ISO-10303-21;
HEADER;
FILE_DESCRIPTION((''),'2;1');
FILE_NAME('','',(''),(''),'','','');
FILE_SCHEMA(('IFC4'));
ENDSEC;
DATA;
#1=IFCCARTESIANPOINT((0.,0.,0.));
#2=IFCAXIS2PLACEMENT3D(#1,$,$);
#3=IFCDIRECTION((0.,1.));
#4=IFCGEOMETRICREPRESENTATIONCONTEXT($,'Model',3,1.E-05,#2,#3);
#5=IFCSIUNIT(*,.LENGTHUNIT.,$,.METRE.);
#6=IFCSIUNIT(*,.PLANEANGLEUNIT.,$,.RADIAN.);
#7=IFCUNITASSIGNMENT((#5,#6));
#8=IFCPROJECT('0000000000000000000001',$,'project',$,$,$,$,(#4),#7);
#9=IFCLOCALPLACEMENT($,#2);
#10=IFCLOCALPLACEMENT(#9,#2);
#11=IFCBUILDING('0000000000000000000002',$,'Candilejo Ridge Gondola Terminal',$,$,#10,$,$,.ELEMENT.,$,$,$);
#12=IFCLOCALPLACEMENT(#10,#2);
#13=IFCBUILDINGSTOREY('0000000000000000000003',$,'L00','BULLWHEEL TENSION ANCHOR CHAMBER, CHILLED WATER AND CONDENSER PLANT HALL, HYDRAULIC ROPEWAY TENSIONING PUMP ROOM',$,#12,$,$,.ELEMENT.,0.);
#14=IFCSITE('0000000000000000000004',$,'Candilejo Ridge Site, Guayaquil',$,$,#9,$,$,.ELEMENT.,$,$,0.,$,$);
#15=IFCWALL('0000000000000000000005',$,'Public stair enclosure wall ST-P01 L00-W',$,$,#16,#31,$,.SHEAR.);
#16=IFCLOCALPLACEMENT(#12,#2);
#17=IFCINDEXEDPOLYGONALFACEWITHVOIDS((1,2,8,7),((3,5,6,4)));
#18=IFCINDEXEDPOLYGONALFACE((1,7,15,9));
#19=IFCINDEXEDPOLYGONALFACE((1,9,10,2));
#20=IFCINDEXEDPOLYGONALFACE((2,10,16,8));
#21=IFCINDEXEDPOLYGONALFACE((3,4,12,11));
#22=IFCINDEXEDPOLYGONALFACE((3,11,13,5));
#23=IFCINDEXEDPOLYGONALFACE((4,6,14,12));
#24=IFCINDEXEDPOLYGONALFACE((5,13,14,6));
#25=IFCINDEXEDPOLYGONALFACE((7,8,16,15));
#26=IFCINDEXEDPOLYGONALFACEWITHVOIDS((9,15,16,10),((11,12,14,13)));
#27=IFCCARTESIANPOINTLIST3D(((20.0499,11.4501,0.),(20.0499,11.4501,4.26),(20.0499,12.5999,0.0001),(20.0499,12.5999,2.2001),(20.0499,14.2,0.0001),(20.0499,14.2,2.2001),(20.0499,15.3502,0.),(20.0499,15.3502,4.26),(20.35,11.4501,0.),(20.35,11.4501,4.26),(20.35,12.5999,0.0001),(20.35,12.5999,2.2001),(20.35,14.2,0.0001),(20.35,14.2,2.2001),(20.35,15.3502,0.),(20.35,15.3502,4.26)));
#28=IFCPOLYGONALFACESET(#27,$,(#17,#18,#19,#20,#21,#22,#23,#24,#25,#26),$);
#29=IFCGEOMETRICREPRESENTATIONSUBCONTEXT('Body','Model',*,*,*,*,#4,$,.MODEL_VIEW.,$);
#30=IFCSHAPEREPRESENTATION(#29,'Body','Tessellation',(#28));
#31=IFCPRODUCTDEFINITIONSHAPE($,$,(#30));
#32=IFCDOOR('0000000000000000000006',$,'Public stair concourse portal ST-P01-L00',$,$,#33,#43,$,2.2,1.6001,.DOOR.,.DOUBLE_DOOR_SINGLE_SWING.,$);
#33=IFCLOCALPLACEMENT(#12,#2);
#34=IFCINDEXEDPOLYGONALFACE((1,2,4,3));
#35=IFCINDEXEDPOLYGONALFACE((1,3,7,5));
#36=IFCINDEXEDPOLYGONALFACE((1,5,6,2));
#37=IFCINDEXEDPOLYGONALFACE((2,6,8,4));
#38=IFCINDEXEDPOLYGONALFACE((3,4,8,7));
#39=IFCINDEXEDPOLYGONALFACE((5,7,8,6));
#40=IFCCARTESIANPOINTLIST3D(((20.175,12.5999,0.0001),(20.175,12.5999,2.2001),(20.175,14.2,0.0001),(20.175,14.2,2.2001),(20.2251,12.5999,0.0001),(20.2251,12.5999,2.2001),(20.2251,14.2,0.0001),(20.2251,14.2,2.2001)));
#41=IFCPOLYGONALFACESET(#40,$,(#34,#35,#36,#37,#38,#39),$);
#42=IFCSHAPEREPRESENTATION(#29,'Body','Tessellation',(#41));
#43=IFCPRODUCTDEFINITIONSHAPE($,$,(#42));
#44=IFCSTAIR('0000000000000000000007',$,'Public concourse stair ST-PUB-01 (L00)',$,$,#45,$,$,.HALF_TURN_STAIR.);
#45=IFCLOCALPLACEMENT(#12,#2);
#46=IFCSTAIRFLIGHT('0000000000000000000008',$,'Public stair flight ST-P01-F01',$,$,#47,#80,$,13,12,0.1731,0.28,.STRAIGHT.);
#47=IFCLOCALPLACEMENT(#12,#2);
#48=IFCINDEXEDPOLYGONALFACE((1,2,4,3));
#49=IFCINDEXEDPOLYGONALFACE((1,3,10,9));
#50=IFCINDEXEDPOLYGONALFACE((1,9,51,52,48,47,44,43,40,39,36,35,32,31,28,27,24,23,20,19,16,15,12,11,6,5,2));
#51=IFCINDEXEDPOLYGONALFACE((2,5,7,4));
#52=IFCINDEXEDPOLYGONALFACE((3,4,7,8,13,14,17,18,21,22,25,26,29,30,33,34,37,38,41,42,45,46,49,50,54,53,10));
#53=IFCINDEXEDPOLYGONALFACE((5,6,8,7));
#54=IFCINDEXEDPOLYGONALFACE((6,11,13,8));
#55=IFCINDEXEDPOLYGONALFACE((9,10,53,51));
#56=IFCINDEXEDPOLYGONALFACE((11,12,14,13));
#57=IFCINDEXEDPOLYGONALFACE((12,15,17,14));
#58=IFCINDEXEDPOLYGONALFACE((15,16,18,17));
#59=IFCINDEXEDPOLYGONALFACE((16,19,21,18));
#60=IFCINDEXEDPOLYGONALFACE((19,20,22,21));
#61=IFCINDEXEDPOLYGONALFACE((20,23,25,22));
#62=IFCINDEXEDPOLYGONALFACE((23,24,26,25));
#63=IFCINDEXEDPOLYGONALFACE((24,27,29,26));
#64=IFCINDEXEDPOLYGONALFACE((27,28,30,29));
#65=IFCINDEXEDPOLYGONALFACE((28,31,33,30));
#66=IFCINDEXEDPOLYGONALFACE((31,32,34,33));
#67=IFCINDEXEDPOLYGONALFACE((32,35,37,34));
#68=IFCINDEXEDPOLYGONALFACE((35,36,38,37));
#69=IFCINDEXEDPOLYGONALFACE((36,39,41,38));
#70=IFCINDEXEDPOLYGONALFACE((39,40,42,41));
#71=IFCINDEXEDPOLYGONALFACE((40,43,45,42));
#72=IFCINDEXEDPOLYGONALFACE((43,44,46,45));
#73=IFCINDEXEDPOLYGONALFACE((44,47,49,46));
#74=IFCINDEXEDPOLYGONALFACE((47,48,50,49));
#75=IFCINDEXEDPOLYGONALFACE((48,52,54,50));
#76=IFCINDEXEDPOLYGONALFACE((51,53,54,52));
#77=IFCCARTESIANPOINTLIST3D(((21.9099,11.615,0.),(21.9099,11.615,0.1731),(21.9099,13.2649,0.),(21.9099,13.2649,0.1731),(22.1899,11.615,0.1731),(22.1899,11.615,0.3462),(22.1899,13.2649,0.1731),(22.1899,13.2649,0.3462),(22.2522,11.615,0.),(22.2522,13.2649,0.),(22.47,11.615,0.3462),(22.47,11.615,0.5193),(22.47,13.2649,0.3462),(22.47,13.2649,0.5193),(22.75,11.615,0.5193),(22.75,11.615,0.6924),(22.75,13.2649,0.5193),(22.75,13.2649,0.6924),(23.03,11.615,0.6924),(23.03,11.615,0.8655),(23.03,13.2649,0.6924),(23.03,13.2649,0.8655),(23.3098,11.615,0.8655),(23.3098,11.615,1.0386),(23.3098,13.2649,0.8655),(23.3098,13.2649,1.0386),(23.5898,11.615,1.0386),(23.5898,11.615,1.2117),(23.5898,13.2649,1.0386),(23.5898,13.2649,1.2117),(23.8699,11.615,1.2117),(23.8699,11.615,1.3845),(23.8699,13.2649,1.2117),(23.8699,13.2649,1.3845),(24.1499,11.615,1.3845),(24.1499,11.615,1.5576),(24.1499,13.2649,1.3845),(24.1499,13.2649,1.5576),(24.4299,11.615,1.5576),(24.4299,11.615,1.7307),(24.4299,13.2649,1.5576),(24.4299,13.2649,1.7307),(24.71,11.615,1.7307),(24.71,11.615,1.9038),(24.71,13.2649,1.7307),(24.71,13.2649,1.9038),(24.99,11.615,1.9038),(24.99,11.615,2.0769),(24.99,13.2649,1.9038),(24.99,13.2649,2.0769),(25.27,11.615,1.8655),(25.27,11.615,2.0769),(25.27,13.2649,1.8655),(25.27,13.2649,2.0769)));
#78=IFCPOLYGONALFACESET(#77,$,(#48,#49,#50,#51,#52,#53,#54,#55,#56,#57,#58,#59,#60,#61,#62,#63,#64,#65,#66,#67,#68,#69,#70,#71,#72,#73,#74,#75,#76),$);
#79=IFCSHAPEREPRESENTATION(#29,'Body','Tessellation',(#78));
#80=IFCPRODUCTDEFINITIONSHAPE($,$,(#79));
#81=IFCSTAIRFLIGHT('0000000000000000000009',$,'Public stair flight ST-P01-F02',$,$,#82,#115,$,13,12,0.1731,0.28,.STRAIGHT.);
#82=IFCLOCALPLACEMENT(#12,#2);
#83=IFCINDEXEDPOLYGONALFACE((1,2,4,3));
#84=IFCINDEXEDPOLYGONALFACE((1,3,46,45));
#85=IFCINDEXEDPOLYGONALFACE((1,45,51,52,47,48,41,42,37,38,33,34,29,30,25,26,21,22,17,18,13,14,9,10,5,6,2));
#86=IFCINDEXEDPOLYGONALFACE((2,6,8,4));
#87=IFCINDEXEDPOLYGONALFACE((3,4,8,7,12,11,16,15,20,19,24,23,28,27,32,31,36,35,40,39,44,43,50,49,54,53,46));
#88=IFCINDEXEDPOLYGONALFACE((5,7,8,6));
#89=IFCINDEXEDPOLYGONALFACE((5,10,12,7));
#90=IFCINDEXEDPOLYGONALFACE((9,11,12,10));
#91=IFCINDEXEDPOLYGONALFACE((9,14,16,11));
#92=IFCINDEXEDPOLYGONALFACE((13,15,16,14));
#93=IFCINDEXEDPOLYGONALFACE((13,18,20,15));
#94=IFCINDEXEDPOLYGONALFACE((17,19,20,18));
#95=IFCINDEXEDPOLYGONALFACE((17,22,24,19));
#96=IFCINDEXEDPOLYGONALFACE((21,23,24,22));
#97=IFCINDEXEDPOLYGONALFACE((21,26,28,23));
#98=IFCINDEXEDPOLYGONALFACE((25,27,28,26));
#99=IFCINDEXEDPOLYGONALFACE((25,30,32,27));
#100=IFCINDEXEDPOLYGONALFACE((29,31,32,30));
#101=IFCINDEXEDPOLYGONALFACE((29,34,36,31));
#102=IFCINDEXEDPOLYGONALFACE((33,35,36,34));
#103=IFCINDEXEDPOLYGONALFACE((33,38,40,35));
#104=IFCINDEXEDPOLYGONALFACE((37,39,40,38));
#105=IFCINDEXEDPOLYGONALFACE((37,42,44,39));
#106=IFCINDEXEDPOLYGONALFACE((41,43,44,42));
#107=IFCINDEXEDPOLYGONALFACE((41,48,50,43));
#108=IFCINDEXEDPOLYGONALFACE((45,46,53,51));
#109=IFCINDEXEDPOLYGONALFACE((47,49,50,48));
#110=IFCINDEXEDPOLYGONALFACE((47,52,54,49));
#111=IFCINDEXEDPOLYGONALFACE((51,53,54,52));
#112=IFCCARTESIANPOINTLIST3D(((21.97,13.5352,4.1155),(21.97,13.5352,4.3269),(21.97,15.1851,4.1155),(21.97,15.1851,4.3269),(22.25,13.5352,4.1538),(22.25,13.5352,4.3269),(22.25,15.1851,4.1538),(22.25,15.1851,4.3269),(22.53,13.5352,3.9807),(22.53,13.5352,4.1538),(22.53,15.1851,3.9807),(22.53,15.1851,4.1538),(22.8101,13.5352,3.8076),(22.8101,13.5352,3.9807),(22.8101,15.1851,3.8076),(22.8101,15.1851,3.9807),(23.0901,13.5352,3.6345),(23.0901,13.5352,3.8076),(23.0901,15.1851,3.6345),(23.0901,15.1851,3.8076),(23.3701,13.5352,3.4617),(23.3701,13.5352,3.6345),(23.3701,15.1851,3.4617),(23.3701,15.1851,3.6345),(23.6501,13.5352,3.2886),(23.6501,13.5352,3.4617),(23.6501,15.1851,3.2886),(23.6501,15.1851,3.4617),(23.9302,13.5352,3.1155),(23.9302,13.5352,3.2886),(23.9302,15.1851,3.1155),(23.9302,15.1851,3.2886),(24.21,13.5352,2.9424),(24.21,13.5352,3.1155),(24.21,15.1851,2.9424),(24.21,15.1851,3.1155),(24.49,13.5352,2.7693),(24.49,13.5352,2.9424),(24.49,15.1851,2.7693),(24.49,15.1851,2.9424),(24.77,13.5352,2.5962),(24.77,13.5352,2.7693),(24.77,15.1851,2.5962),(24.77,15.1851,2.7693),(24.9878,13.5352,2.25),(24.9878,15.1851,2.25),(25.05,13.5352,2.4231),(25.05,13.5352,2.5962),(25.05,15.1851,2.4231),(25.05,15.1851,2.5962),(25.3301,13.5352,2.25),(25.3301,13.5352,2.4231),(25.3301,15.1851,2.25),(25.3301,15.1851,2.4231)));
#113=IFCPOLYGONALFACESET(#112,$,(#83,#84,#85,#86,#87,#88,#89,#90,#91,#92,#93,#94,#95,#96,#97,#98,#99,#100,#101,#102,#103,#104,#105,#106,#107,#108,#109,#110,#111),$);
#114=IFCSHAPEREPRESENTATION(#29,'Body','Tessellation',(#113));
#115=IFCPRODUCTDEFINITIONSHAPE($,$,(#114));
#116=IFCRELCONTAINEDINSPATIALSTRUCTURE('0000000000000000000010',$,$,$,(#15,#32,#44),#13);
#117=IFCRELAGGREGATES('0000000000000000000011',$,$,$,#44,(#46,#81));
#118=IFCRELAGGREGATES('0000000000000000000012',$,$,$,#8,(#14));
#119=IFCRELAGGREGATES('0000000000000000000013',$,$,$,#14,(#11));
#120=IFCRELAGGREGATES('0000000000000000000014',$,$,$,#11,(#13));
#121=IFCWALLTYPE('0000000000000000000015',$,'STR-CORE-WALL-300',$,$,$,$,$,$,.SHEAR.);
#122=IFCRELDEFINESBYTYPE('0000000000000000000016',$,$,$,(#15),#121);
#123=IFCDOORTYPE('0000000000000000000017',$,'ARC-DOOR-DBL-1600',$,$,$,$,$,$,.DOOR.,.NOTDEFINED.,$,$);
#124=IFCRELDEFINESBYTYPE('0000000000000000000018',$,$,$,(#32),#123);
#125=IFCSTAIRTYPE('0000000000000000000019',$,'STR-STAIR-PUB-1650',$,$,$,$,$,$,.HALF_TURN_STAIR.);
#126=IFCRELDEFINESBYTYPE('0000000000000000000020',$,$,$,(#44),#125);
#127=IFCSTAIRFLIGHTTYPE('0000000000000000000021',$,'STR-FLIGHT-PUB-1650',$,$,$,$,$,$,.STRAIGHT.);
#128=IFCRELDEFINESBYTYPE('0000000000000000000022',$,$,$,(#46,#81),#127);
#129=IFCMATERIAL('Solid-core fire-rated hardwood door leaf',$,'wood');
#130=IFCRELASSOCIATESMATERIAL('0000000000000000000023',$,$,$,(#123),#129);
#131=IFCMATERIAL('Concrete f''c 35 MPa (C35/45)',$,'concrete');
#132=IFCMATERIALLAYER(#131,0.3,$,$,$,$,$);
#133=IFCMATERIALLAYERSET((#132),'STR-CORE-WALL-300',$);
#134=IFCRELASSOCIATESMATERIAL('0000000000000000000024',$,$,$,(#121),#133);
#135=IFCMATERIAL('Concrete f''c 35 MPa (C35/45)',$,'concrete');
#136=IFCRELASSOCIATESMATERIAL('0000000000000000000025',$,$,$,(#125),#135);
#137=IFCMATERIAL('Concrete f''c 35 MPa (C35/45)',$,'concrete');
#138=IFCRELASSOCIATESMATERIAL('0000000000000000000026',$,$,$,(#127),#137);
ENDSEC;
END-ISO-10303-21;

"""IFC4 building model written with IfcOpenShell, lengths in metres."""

from ifc_helpers import new_model, si_unit, direction, frame, frame_2d, origin, place, context, subcontext, project, spatial, polyline, rectangle, outline, extrude, material, layer, layer_set, type_object, element, fill, aggregate, save


model = new_model("IFC4")

# Units and contexts
model_context = context("Model", 3, precision=1e-05, world=origin(), true_north=direction((0.0, 1.0)))
body_context = subcontext(model_context, "Body", "Model", "MODEL_VIEW")
ifc_project = project(units=[si_unit("LENGTHUNIT", "METRE"), si_unit("PLANEANGLEUNIT", "RADIAN")], contexts=[model_context])

# Site, building, storey
site_placement = place(None, origin())
site = spatial("IfcSite", under=ifc_project, at=site_placement, Name="Candilejo Ridge Site, Guayaquil", CompositionType="ELEMENT", RefElevation=0.0)
building_placement = place(site_placement, origin())
building = spatial("IfcBuilding", under=site, at=building_placement, Name="Candilejo Ridge Gondola Terminal", CompositionType="ELEMENT")
storey_placement = place(building_placement, origin())
storey = spatial("IfcBuildingStorey", under=building, at=storey_placement, Name="L00", Description="BULLWHEEL TENSION ANCHOR CHAMBER, CHILLED WATER AND CONDENSER PLANT HALL, HYDRAULIC ROPEWAY TENSIONING PUMP ROOM", CompositionType="ELEMENT", Elevation=0.0)

# Shared definitions
ifc_material_1 = material(Name="Solid-core fire-rated hardwood door leaf", Category="wood")
door_type = type_object("IfcDoorType", Name="ARC-DOOR-DBL-1600", OperationType="NOTDEFINED", PredefinedType="DOOR", material=ifc_material_1)

# Shared definitions
ifc_material_2 = material(Name="Concrete f'c 35 MPa (C35/45)", Category="concrete")
ifc_layer_1 = layer(ifc_material_2, 0.3)
ifc_layer_set_1 = layer_set([ifc_layer_1], Name="STR-CORE-WALL-300")
wall_type_1 = type_object("IfcWallType", Name="STR-CORE-WALL-300", PredefinedType="SHEAR", material=ifc_layer_set_1)

# Wall, opening, door
wall_1_placement = place(storey_placement, frame((20.2, 11.45, 0.0), z_axis=(0.0, 0.0, 1.0), x_axis=(0.0, 1.0, 0.0)))
wall_1 = element("IfcWall", 1, at=wall_1_placement, inside=storey, type_object=wall_type_1, Name="Public stair enclosure wall ST-P01 L00-W", PredefinedType="SHEAR", context=body_context, shape_type="SweptSolid", body=[
    extrude(rectangle(XDim=3.9001, YDim=0.3, at=frame_2d((1.9502, 0.0))), origin(), (0.0, 0.0, 1.0), 4.26),
])
opening_1_placement = place(wall_1_placement, frame((1.1499, 0.0, 0.0)))
opening_1 = element("IfcOpeningElement", 2, at=opening_1_placement, cuts=wall_1, PredefinedType="OPENING", context=body_context, shape_type="SweptSolid", body=[
    extrude(rectangle(XDim=1.6001, YDim=2.2, at=frame_2d((0.8, 1.1001))), frame((0.0, 0.1599, 0.0), z_axis=(0.0, -1.0, 0.0), x_axis=(1.0, 0.0, 0.0)), (0.0, 0.0, 1.0), 0.3201),
])
door_1_placement = place(opening_1_placement, origin())
door_1 = element("IfcDoor", 3, at=door_1_placement, inside=storey, type_object=door_type, Name="Public stair concourse portal ST-P01-L00", OperationType="DOUBLE_DOOR_SINGLE_SWING", OverallHeight=2.2, OverallWidth=1.6001, PredefinedType="DOOR", context=body_context, shape_type="SweptSolid", body=[
    extrude(rectangle(XDim=1.6001, YDim=2.2, at=frame_2d((0.8, 1.1001))), frame((0.0, 0.0249, 0.0), z_axis=(0.0, -1.0, 0.0), x_axis=(1.0, 0.0, 0.0)), (0.0, 0.0, 1.0), 0.05),
])
fill(opening_1, door_1)

# Stair, stair flights
ifc_material_3 = material(Name="Concrete f'c 35 MPa (C35/45)", Category="concrete")
stair_type = type_object("IfcStairType", Name="STR-STAIR-PUB-1650", PredefinedType="HALF_TURN_STAIR", material=ifc_material_3)
stair_placement = place(storey_placement, origin())
stair = element("IfcStair", 4, at=stair_placement, inside=storey, type_object=stair_type, Name="Public concourse stair ST-PUB-01 (L00)", PredefinedType="HALF_TURN_STAIR")
ifc_material_4 = material(Name="Concrete f'c 35 MPa (C35/45)", Category="concrete")
stair_flight_type = type_object("IfcStairFlightType", Name="STR-FLIGHT-PUB-1650", PredefinedType="STRAIGHT", material=ifc_material_4)
stair_flight_1_placement = place(storey_placement, frame((21.9099, 12.4399, 0.0), z_axis=(0.0, 0.0, 1.0), x_axis=(1.0, 0.0, 0.0)))
stair_flight_1 = element("IfcStairFlight", 5, at=stair_flight_1_placement, type_object=stair_flight_type, Name="Public stair flight ST-P01-F01", NumberOfRisers=13, NumberOfTreads=12, PredefinedType="STRAIGHT", RiserHeight=0.1731, TreadLength=0.28, context=body_context, shape_type="SweptSolid", body=[
    extrude(outline(polyline([(0.0, 0.0), (0.0, 0.1731), (0.28, 0.1731), (0.28, 0.3462), (0.5601, 0.3462), (0.5601, 0.5193), (0.8401, 0.5193), (0.8401, 0.6924), (1.1201, 0.6924), (1.1201, 0.8655), (1.3999, 0.8655), (1.3999, 1.0386), (1.6799, 1.0386), (1.6799, 1.2117), (1.96, 1.2117), (1.96, 1.3845), (2.24, 1.3845), (2.24, 1.5576), (2.52, 1.5576), (2.52, 1.7307), (2.8, 1.7307), (2.8, 1.9038), (3.0801, 1.9038), (3.0801, 2.0769), (3.3601, 2.0769), (3.3601, 2.25), (3.3601, 1.8655), (0.3423, 0.0), (0.0, 0.0)])), frame((0.0, 0.825, 0.0), z_axis=(0.0, -1.0, 0.0), x_axis=(1.0, 0.0, 0.0)), (0.0, 0.0, 1.0), 1.6499),
])
stair_flight_2_placement = place(storey_placement, frame((25.3301, 14.3601, 2.25), z_axis=(0.0, 0.0, 1.0), x_axis=(-1.0, 0.0, 0.0)))
stair_flight_2 = element("IfcStairFlight", 6, at=stair_flight_2_placement, type_object=stair_flight_type, Name="Public stair flight ST-P01-F02", NumberOfRisers=13, NumberOfTreads=12, PredefinedType="STRAIGHT", RiserHeight=0.1731, TreadLength=0.28, context=body_context, shape_type="SweptSolid", body=[
    extrude(outline(polyline([(0.0, 0.0), (0.0, 0.1731), (0.28, 0.1731), (0.28, 0.3462), (0.5601, 0.3462), (0.5601, 0.5193), (0.8401, 0.5193), (0.8401, 0.6924), (1.1201, 0.6924), (1.1201, 0.8655), (1.3999, 0.8655), (1.3999, 1.0386), (1.6799, 1.0386), (1.6799, 1.2117), (1.96, 1.2117), (1.96, 1.3845), (2.24, 1.3845), (2.24, 1.5576), (2.52, 1.5576), (2.52, 1.7307), (2.8, 1.7307), (2.8, 1.9038), (3.0801, 1.9038), (3.0801, 2.0769), (3.3601, 2.0769), (3.3601, 2.25), (3.3601, 1.8655), (0.3423, 0.0), (0.0, 0.0)])), frame((0.0, 0.825, 0.0), z_axis=(0.0, -1.0, 0.0), x_axis=(1.0, 0.0, 0.0)), (0.0, 0.0, 1.0), 1.6499),
])
aggregate(stair, [stair_flight_1, stair_flight_2])

save(model, "model.ifc")
